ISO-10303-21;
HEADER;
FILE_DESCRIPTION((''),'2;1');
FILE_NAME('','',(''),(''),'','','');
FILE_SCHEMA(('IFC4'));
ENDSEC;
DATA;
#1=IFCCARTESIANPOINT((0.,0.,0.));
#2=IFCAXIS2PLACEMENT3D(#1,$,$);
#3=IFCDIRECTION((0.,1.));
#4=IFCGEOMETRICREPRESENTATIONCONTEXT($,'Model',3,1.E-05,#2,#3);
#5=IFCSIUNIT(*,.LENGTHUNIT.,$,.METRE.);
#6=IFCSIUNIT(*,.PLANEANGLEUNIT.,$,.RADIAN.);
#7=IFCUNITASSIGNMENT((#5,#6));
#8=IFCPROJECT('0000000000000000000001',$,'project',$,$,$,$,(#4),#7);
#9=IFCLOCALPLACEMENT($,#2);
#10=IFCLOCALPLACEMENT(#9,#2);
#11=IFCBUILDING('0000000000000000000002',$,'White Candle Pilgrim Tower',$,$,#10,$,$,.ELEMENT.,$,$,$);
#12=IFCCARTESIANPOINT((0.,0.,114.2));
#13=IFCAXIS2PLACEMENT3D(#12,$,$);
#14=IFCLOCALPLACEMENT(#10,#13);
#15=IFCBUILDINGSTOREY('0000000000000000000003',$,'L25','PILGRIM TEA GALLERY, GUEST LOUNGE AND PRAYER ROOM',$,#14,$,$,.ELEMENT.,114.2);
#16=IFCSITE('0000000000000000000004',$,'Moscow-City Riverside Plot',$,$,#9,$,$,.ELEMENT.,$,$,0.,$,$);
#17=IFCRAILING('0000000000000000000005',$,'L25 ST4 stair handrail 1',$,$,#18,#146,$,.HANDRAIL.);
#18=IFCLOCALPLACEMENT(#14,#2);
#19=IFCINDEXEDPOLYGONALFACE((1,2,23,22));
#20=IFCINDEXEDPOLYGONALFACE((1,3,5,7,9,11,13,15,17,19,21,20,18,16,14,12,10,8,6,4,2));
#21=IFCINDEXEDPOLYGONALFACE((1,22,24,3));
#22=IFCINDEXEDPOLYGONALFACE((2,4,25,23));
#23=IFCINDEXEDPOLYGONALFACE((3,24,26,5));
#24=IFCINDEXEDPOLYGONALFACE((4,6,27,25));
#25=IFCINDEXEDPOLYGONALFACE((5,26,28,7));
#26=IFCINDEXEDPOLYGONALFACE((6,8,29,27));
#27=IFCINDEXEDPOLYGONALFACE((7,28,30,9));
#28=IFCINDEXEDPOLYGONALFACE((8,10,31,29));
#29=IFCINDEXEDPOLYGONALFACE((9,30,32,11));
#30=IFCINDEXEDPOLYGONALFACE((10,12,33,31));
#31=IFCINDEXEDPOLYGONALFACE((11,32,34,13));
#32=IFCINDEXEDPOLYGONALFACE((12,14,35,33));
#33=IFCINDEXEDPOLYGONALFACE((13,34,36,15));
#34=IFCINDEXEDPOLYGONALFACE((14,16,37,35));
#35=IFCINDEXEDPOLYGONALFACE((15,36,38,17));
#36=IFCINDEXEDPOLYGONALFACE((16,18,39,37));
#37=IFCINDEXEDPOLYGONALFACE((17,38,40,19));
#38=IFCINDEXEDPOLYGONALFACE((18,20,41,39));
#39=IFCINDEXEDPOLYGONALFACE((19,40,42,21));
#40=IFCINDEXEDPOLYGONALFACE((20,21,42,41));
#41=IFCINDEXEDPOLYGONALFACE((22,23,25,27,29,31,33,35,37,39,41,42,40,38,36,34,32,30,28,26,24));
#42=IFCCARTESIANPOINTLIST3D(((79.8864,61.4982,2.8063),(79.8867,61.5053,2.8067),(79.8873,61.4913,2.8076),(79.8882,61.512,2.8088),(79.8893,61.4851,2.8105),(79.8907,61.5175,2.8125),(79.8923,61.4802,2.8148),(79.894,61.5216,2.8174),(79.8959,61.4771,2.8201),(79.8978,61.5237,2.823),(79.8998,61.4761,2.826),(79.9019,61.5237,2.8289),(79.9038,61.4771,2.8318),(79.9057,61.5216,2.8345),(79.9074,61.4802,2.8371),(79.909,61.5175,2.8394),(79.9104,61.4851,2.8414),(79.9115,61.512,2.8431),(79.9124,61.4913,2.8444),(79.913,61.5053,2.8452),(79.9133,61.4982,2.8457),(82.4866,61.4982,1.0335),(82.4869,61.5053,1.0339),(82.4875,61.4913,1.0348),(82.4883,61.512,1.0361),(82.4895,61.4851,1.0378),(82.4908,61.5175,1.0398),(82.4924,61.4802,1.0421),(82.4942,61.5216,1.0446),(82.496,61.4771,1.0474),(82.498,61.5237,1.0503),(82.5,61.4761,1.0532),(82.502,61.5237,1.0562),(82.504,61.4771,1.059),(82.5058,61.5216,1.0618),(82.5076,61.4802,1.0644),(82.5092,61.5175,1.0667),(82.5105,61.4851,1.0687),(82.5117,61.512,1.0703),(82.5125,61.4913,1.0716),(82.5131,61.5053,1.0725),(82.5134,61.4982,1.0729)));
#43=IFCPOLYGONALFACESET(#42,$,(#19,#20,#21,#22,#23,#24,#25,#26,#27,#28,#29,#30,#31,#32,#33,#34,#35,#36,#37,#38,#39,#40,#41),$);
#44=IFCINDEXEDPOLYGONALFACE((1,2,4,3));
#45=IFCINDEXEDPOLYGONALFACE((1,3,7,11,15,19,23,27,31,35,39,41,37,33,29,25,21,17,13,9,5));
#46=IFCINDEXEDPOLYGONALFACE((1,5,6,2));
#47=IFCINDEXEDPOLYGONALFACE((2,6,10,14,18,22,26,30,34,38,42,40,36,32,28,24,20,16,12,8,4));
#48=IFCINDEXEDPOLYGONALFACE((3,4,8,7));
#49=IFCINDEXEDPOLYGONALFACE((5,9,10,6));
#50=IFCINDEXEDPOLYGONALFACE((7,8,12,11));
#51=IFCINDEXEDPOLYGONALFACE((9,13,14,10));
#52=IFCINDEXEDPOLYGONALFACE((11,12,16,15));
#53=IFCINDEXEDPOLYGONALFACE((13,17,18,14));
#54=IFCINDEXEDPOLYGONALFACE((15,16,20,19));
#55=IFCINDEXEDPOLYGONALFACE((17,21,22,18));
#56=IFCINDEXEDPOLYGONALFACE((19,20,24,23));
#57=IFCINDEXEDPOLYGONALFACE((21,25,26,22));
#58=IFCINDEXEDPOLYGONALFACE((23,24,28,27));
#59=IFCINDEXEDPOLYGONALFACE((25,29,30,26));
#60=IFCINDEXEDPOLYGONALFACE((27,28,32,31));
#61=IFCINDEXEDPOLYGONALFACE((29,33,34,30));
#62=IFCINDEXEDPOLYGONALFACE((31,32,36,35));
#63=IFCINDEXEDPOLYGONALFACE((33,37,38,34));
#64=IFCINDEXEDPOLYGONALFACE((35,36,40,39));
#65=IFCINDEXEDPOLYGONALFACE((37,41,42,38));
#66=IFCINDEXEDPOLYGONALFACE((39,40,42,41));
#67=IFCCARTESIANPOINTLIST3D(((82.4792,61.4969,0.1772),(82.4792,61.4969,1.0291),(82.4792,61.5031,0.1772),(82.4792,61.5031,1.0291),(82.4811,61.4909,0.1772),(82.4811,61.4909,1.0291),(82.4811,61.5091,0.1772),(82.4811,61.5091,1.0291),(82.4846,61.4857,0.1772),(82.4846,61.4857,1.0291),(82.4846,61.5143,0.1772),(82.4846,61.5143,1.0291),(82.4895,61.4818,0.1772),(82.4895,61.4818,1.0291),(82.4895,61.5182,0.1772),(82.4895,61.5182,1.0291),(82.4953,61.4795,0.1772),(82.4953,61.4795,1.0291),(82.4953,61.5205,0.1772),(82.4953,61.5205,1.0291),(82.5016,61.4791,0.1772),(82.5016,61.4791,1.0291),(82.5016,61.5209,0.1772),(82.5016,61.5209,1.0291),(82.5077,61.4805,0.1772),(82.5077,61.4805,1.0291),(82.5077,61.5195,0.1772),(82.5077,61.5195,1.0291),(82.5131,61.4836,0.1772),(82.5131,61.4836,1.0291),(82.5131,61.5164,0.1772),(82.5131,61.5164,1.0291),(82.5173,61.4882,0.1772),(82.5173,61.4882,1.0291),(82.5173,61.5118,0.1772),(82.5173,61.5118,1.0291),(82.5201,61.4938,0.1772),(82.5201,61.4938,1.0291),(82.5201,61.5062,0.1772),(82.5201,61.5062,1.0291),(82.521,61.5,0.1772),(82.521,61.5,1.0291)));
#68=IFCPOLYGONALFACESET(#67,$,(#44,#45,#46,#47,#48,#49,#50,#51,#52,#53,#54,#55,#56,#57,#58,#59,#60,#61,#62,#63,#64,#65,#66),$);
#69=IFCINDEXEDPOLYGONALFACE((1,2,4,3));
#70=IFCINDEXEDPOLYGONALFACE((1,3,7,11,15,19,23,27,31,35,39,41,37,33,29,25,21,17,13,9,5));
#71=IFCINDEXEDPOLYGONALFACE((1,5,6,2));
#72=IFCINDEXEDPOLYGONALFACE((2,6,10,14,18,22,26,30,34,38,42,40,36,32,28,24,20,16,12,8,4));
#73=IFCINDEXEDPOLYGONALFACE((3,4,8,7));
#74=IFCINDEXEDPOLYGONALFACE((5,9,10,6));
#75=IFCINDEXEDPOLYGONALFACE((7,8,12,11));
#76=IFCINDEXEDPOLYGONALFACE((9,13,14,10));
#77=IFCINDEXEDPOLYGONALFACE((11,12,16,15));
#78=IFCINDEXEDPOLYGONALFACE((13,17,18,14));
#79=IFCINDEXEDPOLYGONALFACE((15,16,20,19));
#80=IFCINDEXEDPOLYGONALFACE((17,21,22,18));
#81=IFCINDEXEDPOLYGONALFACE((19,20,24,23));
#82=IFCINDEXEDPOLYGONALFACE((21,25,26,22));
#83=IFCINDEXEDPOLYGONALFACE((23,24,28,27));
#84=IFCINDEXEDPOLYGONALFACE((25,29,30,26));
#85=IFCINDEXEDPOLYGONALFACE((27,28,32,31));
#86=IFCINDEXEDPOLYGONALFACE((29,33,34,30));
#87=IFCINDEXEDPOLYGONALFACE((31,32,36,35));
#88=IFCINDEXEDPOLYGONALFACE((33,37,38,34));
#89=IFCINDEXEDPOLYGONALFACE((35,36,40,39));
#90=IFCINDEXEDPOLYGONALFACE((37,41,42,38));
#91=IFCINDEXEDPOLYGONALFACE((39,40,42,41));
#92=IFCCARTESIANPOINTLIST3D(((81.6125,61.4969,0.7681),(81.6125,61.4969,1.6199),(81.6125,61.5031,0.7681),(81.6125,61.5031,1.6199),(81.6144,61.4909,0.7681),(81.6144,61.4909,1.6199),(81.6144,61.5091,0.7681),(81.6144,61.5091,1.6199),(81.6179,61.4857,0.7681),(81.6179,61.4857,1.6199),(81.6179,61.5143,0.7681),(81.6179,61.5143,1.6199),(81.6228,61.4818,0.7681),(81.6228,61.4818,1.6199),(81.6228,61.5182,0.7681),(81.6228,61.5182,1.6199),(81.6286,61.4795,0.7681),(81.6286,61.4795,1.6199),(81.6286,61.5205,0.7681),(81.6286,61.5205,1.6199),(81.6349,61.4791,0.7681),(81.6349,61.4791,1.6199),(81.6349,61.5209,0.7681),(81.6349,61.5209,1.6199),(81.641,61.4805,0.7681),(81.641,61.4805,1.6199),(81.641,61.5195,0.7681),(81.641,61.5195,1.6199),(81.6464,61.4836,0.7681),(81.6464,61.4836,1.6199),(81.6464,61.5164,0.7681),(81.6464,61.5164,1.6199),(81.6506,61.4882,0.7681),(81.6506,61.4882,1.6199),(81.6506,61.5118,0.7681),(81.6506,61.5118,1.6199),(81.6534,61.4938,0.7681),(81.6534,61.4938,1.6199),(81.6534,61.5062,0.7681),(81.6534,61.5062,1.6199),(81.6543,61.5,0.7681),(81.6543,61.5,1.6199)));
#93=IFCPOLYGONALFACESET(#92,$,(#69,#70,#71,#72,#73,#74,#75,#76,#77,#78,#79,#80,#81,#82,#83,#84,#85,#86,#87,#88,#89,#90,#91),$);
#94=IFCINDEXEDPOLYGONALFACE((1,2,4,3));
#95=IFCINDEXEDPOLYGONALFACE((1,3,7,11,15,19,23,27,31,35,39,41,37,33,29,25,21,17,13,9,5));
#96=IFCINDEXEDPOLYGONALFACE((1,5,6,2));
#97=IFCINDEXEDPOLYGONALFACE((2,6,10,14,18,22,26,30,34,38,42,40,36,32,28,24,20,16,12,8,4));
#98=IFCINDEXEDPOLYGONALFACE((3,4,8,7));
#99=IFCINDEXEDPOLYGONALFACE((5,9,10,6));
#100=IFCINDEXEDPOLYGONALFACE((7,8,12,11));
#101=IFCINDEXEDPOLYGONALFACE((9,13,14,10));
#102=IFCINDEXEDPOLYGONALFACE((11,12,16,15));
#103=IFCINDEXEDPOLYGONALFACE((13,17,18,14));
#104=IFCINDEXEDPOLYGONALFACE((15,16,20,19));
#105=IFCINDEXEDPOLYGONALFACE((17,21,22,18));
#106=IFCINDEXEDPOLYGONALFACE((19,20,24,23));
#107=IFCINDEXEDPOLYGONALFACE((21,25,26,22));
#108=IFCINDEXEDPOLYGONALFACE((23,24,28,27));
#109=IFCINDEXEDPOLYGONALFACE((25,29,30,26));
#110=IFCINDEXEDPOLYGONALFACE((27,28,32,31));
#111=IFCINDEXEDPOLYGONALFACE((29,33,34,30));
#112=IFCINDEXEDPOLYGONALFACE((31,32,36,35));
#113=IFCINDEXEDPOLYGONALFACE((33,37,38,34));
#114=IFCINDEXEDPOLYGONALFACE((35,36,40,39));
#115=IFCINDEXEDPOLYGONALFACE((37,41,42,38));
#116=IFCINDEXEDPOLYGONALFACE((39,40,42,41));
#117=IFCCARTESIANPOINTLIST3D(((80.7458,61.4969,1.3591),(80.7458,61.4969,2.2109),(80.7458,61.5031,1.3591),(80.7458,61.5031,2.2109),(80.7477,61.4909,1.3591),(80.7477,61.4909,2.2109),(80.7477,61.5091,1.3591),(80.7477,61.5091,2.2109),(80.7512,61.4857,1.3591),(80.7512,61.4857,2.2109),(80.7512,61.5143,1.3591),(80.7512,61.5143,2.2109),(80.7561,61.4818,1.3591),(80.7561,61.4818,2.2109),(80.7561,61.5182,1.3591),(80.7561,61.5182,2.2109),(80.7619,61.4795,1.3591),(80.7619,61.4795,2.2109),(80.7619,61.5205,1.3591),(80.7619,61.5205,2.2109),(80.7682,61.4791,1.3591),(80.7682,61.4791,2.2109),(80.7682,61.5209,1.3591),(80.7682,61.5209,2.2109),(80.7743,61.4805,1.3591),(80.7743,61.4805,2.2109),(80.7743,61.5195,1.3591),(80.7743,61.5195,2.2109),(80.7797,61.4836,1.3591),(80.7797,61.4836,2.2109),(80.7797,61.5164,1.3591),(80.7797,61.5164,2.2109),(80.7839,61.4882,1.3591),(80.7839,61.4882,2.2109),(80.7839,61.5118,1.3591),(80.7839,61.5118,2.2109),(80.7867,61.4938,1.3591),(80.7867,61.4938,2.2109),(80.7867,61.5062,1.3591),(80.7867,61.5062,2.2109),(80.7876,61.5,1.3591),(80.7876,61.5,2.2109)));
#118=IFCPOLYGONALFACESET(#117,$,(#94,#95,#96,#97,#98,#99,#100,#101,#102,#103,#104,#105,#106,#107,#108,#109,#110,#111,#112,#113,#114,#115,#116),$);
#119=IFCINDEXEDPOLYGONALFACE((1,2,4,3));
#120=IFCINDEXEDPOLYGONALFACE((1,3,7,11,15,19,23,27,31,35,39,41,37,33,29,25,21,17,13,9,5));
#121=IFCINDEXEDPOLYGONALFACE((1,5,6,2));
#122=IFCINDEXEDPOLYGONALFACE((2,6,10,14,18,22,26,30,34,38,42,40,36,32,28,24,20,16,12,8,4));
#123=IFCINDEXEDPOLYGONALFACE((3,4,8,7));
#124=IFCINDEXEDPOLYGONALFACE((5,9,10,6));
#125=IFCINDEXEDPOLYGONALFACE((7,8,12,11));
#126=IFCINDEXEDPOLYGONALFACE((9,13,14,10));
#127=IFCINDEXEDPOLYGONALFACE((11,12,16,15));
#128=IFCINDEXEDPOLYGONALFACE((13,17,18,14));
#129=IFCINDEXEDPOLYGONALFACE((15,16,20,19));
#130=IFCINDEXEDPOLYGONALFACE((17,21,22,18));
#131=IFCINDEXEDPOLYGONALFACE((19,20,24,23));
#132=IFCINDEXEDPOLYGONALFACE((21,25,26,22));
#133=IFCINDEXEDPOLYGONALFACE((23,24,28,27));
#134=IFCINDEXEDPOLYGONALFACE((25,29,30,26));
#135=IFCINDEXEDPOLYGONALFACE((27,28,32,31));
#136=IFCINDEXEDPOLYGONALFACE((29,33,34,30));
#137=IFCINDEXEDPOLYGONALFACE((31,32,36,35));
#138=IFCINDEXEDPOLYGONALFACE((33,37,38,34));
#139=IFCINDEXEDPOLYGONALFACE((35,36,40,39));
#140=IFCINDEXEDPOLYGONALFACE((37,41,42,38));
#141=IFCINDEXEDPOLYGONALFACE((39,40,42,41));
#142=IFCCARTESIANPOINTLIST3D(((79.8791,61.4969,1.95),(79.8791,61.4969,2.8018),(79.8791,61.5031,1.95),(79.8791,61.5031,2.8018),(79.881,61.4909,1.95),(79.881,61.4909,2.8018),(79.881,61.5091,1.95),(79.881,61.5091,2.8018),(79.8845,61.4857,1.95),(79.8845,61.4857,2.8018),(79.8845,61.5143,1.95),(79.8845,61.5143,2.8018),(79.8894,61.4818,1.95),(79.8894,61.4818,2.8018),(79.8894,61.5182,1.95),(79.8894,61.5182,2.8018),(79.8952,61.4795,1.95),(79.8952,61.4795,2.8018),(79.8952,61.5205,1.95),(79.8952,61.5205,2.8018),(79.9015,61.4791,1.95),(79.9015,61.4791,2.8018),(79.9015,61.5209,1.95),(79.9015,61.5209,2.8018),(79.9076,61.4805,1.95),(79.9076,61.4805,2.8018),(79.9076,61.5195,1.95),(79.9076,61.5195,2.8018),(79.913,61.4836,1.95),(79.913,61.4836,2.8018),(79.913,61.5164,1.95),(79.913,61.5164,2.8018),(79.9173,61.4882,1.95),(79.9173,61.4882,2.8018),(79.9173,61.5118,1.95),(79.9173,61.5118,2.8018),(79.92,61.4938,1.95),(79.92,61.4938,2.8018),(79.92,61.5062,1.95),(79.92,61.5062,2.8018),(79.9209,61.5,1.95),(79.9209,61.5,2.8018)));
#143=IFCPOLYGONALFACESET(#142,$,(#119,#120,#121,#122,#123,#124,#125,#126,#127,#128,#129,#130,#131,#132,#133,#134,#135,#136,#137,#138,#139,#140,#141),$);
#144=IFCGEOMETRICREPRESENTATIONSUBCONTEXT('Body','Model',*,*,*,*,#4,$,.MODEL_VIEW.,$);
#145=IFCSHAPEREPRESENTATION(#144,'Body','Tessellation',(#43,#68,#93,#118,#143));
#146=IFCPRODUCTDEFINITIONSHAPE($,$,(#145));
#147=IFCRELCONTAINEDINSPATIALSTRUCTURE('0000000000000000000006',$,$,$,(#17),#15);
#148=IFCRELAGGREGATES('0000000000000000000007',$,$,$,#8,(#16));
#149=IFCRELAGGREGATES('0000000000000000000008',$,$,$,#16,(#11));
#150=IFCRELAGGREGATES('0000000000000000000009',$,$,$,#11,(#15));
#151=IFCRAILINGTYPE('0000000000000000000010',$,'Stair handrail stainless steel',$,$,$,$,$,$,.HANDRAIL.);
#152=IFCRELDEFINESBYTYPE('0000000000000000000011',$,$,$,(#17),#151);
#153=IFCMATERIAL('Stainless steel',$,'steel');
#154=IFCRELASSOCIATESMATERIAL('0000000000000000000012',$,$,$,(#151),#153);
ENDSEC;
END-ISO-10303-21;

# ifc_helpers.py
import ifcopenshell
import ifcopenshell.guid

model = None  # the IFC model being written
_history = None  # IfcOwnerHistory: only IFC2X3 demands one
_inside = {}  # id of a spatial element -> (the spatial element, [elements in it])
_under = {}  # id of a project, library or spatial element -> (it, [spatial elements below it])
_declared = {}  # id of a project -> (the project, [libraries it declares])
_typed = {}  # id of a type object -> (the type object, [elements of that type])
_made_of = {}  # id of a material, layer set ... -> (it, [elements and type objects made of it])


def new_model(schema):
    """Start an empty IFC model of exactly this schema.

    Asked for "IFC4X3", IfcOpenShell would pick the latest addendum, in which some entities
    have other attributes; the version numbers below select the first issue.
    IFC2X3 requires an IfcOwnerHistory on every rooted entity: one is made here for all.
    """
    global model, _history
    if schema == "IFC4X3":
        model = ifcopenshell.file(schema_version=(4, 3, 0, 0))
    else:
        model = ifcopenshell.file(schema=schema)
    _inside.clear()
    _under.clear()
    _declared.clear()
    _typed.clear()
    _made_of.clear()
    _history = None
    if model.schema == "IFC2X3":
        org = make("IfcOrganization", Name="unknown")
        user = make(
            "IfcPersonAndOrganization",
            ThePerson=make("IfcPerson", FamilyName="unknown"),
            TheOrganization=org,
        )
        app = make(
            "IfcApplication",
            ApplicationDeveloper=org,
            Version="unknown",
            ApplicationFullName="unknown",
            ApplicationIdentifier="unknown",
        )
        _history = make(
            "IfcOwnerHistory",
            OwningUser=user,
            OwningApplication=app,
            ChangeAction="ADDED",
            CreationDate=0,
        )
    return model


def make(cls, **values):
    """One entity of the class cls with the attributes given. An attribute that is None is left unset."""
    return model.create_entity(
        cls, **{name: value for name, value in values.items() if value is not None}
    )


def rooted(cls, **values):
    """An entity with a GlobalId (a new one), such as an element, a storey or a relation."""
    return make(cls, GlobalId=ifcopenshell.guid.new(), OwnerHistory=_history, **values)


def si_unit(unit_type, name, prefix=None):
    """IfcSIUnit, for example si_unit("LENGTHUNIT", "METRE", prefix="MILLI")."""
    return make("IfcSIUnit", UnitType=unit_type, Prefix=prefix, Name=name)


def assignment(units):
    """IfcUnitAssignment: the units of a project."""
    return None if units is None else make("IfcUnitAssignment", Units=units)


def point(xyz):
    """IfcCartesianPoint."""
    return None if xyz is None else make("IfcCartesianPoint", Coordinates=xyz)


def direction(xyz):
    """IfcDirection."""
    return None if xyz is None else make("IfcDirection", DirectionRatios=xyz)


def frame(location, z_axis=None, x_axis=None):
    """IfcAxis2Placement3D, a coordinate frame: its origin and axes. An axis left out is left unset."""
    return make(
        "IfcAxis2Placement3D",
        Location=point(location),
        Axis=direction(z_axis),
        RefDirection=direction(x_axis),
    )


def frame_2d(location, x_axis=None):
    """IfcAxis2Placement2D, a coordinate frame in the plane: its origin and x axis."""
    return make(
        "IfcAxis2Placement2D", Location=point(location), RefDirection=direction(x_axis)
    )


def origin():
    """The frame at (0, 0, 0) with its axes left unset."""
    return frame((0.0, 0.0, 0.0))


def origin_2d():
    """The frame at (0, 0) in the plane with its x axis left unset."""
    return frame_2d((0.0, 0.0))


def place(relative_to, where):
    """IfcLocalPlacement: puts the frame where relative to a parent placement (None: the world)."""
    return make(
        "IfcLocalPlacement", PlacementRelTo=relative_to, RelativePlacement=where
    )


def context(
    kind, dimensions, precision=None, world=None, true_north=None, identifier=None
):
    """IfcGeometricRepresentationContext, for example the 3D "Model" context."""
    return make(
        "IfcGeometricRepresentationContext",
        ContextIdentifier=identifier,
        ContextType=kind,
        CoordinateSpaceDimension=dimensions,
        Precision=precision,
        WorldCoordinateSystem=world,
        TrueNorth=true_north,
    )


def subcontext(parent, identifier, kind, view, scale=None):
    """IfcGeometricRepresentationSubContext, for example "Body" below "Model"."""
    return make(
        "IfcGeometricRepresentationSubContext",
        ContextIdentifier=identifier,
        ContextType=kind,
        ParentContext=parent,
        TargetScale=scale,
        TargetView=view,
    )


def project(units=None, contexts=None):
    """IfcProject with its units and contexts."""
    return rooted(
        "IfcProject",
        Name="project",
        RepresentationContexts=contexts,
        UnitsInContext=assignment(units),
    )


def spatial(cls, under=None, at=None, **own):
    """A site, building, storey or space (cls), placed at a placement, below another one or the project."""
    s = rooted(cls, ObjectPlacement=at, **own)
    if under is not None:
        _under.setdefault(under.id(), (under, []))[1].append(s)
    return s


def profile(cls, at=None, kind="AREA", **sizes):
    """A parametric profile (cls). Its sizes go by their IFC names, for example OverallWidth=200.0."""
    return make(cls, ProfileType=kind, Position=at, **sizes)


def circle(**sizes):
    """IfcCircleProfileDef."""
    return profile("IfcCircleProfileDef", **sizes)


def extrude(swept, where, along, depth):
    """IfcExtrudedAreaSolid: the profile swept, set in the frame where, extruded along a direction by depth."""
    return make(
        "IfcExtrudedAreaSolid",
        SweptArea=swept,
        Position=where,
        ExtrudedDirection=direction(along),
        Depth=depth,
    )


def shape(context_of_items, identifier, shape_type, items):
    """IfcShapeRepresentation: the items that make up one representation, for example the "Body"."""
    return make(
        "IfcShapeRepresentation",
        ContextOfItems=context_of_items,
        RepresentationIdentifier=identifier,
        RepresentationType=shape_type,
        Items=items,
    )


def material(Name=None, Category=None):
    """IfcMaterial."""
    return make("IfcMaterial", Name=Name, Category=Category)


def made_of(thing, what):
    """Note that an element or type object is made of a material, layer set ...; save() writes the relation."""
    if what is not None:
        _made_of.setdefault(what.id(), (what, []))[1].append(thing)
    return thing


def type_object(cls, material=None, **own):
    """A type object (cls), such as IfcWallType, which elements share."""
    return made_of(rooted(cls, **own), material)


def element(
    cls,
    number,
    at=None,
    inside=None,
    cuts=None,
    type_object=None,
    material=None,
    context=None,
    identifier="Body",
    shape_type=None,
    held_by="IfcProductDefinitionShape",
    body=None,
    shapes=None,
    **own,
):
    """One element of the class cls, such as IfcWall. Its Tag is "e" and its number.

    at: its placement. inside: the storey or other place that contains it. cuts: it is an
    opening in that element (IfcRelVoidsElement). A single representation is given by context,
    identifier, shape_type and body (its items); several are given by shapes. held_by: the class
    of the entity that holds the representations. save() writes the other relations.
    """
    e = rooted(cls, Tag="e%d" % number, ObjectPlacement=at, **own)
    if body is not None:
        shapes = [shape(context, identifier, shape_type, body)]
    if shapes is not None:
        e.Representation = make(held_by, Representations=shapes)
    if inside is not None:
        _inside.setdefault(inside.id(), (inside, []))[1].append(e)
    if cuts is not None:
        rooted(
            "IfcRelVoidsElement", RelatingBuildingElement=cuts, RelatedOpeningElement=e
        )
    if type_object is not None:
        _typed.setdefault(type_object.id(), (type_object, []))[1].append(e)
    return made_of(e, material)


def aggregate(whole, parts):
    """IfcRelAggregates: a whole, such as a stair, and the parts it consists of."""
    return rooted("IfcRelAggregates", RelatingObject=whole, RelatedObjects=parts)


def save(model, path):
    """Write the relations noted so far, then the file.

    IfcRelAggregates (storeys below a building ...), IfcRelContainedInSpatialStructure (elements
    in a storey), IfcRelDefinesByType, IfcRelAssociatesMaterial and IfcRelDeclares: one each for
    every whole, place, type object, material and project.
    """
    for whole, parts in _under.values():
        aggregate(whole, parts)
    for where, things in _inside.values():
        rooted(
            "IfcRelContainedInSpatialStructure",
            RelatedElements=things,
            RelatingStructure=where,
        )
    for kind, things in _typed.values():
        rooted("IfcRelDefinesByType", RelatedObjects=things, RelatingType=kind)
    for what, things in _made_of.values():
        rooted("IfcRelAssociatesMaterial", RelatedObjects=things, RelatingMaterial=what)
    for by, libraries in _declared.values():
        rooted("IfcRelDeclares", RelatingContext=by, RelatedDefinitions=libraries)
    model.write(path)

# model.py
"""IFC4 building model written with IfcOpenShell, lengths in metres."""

from ifc_helpers import new_model, si_unit, direction, frame, origin, origin_2d, place, context, subcontext, project, spatial, circle, extrude, material, type_object, element, save


model = new_model("IFC4")

# Units and contexts
model_context = context("Model", 3, precision=1e-05, world=origin(), true_north=direction((0.0, 1.0)))
body_context = subcontext(model_context, "Body", "Model", "MODEL_VIEW")
ifc_project = project(units=[si_unit("LENGTHUNIT", "METRE"), si_unit("PLANEANGLEUNIT", "RADIAN")], contexts=[model_context])

# Site, building, storey
site_placement = place(None, origin())
site = spatial("IfcSite", under=ifc_project, at=site_placement, Name="Moscow-City Riverside Plot", CompositionType="ELEMENT", RefElevation=0.0)
building_placement = place(site_placement, origin())
building = spatial("IfcBuilding", under=site, at=building_placement, Name="White Candle Pilgrim Tower", CompositionType="ELEMENT")
storey_placement = place(building_placement, frame((0.0, 0.0, 114.2)))
storey = spatial("IfcBuildingStorey", under=building, at=storey_placement, Name="L25", Description="PILGRIM TEA GALLERY, GUEST LOUNGE AND PRAYER ROOM", CompositionType="ELEMENT", Elevation=114.2)

# Railing
ifc_material_1 = material(Name="Stainless steel", Category="steel")
railing_type_1 = type_object("IfcRailingType", Name="Stair handrail stainless steel", PredefinedType="HANDRAIL", material=ifc_material_1)
railing_1_placement = place(storey_placement, frame((82.5, 61.5, 0.1772)))
element("IfcRailing", 1, at=railing_1_placement, inside=storey, type_object=railing_type_1, Name="L25 ST4 stair handrail 1", PredefinedType="HANDRAIL", context=body_context, shape_type="SweptSolid", body=[
    extrude(circle(Radius=0.0239, at=origin_2d()), frame((0.0, 0.0, 0.876), z_axis=(-0.82624, 0.0, 0.563318), x_axis=(0.0, -1.0, 0.0)), (0.0, 0.0, 1.0), 3.147),
    extrude(circle(Radius=0.021, at=origin_2d()), origin(), (0.0, 0.0, 1.0), 0.8518),
    extrude(circle(Radius=0.021, at=origin_2d()), frame((-0.8667, 0.0, 0.5908)), (0.0, 0.0, 1.0), 0.8518),
    extrude(circle(Radius=0.021, at=origin_2d()), frame((-1.7334, 0.0, 1.1819)), (0.0, 0.0, 1.0), 0.8518),
    extrude(circle(Radius=0.021, at=origin_2d()), frame((-2.6001, 0.0, 1.7727)), (0.0, 0.0, 1.0), 0.8518),
])

save(model, "model.ifc")
